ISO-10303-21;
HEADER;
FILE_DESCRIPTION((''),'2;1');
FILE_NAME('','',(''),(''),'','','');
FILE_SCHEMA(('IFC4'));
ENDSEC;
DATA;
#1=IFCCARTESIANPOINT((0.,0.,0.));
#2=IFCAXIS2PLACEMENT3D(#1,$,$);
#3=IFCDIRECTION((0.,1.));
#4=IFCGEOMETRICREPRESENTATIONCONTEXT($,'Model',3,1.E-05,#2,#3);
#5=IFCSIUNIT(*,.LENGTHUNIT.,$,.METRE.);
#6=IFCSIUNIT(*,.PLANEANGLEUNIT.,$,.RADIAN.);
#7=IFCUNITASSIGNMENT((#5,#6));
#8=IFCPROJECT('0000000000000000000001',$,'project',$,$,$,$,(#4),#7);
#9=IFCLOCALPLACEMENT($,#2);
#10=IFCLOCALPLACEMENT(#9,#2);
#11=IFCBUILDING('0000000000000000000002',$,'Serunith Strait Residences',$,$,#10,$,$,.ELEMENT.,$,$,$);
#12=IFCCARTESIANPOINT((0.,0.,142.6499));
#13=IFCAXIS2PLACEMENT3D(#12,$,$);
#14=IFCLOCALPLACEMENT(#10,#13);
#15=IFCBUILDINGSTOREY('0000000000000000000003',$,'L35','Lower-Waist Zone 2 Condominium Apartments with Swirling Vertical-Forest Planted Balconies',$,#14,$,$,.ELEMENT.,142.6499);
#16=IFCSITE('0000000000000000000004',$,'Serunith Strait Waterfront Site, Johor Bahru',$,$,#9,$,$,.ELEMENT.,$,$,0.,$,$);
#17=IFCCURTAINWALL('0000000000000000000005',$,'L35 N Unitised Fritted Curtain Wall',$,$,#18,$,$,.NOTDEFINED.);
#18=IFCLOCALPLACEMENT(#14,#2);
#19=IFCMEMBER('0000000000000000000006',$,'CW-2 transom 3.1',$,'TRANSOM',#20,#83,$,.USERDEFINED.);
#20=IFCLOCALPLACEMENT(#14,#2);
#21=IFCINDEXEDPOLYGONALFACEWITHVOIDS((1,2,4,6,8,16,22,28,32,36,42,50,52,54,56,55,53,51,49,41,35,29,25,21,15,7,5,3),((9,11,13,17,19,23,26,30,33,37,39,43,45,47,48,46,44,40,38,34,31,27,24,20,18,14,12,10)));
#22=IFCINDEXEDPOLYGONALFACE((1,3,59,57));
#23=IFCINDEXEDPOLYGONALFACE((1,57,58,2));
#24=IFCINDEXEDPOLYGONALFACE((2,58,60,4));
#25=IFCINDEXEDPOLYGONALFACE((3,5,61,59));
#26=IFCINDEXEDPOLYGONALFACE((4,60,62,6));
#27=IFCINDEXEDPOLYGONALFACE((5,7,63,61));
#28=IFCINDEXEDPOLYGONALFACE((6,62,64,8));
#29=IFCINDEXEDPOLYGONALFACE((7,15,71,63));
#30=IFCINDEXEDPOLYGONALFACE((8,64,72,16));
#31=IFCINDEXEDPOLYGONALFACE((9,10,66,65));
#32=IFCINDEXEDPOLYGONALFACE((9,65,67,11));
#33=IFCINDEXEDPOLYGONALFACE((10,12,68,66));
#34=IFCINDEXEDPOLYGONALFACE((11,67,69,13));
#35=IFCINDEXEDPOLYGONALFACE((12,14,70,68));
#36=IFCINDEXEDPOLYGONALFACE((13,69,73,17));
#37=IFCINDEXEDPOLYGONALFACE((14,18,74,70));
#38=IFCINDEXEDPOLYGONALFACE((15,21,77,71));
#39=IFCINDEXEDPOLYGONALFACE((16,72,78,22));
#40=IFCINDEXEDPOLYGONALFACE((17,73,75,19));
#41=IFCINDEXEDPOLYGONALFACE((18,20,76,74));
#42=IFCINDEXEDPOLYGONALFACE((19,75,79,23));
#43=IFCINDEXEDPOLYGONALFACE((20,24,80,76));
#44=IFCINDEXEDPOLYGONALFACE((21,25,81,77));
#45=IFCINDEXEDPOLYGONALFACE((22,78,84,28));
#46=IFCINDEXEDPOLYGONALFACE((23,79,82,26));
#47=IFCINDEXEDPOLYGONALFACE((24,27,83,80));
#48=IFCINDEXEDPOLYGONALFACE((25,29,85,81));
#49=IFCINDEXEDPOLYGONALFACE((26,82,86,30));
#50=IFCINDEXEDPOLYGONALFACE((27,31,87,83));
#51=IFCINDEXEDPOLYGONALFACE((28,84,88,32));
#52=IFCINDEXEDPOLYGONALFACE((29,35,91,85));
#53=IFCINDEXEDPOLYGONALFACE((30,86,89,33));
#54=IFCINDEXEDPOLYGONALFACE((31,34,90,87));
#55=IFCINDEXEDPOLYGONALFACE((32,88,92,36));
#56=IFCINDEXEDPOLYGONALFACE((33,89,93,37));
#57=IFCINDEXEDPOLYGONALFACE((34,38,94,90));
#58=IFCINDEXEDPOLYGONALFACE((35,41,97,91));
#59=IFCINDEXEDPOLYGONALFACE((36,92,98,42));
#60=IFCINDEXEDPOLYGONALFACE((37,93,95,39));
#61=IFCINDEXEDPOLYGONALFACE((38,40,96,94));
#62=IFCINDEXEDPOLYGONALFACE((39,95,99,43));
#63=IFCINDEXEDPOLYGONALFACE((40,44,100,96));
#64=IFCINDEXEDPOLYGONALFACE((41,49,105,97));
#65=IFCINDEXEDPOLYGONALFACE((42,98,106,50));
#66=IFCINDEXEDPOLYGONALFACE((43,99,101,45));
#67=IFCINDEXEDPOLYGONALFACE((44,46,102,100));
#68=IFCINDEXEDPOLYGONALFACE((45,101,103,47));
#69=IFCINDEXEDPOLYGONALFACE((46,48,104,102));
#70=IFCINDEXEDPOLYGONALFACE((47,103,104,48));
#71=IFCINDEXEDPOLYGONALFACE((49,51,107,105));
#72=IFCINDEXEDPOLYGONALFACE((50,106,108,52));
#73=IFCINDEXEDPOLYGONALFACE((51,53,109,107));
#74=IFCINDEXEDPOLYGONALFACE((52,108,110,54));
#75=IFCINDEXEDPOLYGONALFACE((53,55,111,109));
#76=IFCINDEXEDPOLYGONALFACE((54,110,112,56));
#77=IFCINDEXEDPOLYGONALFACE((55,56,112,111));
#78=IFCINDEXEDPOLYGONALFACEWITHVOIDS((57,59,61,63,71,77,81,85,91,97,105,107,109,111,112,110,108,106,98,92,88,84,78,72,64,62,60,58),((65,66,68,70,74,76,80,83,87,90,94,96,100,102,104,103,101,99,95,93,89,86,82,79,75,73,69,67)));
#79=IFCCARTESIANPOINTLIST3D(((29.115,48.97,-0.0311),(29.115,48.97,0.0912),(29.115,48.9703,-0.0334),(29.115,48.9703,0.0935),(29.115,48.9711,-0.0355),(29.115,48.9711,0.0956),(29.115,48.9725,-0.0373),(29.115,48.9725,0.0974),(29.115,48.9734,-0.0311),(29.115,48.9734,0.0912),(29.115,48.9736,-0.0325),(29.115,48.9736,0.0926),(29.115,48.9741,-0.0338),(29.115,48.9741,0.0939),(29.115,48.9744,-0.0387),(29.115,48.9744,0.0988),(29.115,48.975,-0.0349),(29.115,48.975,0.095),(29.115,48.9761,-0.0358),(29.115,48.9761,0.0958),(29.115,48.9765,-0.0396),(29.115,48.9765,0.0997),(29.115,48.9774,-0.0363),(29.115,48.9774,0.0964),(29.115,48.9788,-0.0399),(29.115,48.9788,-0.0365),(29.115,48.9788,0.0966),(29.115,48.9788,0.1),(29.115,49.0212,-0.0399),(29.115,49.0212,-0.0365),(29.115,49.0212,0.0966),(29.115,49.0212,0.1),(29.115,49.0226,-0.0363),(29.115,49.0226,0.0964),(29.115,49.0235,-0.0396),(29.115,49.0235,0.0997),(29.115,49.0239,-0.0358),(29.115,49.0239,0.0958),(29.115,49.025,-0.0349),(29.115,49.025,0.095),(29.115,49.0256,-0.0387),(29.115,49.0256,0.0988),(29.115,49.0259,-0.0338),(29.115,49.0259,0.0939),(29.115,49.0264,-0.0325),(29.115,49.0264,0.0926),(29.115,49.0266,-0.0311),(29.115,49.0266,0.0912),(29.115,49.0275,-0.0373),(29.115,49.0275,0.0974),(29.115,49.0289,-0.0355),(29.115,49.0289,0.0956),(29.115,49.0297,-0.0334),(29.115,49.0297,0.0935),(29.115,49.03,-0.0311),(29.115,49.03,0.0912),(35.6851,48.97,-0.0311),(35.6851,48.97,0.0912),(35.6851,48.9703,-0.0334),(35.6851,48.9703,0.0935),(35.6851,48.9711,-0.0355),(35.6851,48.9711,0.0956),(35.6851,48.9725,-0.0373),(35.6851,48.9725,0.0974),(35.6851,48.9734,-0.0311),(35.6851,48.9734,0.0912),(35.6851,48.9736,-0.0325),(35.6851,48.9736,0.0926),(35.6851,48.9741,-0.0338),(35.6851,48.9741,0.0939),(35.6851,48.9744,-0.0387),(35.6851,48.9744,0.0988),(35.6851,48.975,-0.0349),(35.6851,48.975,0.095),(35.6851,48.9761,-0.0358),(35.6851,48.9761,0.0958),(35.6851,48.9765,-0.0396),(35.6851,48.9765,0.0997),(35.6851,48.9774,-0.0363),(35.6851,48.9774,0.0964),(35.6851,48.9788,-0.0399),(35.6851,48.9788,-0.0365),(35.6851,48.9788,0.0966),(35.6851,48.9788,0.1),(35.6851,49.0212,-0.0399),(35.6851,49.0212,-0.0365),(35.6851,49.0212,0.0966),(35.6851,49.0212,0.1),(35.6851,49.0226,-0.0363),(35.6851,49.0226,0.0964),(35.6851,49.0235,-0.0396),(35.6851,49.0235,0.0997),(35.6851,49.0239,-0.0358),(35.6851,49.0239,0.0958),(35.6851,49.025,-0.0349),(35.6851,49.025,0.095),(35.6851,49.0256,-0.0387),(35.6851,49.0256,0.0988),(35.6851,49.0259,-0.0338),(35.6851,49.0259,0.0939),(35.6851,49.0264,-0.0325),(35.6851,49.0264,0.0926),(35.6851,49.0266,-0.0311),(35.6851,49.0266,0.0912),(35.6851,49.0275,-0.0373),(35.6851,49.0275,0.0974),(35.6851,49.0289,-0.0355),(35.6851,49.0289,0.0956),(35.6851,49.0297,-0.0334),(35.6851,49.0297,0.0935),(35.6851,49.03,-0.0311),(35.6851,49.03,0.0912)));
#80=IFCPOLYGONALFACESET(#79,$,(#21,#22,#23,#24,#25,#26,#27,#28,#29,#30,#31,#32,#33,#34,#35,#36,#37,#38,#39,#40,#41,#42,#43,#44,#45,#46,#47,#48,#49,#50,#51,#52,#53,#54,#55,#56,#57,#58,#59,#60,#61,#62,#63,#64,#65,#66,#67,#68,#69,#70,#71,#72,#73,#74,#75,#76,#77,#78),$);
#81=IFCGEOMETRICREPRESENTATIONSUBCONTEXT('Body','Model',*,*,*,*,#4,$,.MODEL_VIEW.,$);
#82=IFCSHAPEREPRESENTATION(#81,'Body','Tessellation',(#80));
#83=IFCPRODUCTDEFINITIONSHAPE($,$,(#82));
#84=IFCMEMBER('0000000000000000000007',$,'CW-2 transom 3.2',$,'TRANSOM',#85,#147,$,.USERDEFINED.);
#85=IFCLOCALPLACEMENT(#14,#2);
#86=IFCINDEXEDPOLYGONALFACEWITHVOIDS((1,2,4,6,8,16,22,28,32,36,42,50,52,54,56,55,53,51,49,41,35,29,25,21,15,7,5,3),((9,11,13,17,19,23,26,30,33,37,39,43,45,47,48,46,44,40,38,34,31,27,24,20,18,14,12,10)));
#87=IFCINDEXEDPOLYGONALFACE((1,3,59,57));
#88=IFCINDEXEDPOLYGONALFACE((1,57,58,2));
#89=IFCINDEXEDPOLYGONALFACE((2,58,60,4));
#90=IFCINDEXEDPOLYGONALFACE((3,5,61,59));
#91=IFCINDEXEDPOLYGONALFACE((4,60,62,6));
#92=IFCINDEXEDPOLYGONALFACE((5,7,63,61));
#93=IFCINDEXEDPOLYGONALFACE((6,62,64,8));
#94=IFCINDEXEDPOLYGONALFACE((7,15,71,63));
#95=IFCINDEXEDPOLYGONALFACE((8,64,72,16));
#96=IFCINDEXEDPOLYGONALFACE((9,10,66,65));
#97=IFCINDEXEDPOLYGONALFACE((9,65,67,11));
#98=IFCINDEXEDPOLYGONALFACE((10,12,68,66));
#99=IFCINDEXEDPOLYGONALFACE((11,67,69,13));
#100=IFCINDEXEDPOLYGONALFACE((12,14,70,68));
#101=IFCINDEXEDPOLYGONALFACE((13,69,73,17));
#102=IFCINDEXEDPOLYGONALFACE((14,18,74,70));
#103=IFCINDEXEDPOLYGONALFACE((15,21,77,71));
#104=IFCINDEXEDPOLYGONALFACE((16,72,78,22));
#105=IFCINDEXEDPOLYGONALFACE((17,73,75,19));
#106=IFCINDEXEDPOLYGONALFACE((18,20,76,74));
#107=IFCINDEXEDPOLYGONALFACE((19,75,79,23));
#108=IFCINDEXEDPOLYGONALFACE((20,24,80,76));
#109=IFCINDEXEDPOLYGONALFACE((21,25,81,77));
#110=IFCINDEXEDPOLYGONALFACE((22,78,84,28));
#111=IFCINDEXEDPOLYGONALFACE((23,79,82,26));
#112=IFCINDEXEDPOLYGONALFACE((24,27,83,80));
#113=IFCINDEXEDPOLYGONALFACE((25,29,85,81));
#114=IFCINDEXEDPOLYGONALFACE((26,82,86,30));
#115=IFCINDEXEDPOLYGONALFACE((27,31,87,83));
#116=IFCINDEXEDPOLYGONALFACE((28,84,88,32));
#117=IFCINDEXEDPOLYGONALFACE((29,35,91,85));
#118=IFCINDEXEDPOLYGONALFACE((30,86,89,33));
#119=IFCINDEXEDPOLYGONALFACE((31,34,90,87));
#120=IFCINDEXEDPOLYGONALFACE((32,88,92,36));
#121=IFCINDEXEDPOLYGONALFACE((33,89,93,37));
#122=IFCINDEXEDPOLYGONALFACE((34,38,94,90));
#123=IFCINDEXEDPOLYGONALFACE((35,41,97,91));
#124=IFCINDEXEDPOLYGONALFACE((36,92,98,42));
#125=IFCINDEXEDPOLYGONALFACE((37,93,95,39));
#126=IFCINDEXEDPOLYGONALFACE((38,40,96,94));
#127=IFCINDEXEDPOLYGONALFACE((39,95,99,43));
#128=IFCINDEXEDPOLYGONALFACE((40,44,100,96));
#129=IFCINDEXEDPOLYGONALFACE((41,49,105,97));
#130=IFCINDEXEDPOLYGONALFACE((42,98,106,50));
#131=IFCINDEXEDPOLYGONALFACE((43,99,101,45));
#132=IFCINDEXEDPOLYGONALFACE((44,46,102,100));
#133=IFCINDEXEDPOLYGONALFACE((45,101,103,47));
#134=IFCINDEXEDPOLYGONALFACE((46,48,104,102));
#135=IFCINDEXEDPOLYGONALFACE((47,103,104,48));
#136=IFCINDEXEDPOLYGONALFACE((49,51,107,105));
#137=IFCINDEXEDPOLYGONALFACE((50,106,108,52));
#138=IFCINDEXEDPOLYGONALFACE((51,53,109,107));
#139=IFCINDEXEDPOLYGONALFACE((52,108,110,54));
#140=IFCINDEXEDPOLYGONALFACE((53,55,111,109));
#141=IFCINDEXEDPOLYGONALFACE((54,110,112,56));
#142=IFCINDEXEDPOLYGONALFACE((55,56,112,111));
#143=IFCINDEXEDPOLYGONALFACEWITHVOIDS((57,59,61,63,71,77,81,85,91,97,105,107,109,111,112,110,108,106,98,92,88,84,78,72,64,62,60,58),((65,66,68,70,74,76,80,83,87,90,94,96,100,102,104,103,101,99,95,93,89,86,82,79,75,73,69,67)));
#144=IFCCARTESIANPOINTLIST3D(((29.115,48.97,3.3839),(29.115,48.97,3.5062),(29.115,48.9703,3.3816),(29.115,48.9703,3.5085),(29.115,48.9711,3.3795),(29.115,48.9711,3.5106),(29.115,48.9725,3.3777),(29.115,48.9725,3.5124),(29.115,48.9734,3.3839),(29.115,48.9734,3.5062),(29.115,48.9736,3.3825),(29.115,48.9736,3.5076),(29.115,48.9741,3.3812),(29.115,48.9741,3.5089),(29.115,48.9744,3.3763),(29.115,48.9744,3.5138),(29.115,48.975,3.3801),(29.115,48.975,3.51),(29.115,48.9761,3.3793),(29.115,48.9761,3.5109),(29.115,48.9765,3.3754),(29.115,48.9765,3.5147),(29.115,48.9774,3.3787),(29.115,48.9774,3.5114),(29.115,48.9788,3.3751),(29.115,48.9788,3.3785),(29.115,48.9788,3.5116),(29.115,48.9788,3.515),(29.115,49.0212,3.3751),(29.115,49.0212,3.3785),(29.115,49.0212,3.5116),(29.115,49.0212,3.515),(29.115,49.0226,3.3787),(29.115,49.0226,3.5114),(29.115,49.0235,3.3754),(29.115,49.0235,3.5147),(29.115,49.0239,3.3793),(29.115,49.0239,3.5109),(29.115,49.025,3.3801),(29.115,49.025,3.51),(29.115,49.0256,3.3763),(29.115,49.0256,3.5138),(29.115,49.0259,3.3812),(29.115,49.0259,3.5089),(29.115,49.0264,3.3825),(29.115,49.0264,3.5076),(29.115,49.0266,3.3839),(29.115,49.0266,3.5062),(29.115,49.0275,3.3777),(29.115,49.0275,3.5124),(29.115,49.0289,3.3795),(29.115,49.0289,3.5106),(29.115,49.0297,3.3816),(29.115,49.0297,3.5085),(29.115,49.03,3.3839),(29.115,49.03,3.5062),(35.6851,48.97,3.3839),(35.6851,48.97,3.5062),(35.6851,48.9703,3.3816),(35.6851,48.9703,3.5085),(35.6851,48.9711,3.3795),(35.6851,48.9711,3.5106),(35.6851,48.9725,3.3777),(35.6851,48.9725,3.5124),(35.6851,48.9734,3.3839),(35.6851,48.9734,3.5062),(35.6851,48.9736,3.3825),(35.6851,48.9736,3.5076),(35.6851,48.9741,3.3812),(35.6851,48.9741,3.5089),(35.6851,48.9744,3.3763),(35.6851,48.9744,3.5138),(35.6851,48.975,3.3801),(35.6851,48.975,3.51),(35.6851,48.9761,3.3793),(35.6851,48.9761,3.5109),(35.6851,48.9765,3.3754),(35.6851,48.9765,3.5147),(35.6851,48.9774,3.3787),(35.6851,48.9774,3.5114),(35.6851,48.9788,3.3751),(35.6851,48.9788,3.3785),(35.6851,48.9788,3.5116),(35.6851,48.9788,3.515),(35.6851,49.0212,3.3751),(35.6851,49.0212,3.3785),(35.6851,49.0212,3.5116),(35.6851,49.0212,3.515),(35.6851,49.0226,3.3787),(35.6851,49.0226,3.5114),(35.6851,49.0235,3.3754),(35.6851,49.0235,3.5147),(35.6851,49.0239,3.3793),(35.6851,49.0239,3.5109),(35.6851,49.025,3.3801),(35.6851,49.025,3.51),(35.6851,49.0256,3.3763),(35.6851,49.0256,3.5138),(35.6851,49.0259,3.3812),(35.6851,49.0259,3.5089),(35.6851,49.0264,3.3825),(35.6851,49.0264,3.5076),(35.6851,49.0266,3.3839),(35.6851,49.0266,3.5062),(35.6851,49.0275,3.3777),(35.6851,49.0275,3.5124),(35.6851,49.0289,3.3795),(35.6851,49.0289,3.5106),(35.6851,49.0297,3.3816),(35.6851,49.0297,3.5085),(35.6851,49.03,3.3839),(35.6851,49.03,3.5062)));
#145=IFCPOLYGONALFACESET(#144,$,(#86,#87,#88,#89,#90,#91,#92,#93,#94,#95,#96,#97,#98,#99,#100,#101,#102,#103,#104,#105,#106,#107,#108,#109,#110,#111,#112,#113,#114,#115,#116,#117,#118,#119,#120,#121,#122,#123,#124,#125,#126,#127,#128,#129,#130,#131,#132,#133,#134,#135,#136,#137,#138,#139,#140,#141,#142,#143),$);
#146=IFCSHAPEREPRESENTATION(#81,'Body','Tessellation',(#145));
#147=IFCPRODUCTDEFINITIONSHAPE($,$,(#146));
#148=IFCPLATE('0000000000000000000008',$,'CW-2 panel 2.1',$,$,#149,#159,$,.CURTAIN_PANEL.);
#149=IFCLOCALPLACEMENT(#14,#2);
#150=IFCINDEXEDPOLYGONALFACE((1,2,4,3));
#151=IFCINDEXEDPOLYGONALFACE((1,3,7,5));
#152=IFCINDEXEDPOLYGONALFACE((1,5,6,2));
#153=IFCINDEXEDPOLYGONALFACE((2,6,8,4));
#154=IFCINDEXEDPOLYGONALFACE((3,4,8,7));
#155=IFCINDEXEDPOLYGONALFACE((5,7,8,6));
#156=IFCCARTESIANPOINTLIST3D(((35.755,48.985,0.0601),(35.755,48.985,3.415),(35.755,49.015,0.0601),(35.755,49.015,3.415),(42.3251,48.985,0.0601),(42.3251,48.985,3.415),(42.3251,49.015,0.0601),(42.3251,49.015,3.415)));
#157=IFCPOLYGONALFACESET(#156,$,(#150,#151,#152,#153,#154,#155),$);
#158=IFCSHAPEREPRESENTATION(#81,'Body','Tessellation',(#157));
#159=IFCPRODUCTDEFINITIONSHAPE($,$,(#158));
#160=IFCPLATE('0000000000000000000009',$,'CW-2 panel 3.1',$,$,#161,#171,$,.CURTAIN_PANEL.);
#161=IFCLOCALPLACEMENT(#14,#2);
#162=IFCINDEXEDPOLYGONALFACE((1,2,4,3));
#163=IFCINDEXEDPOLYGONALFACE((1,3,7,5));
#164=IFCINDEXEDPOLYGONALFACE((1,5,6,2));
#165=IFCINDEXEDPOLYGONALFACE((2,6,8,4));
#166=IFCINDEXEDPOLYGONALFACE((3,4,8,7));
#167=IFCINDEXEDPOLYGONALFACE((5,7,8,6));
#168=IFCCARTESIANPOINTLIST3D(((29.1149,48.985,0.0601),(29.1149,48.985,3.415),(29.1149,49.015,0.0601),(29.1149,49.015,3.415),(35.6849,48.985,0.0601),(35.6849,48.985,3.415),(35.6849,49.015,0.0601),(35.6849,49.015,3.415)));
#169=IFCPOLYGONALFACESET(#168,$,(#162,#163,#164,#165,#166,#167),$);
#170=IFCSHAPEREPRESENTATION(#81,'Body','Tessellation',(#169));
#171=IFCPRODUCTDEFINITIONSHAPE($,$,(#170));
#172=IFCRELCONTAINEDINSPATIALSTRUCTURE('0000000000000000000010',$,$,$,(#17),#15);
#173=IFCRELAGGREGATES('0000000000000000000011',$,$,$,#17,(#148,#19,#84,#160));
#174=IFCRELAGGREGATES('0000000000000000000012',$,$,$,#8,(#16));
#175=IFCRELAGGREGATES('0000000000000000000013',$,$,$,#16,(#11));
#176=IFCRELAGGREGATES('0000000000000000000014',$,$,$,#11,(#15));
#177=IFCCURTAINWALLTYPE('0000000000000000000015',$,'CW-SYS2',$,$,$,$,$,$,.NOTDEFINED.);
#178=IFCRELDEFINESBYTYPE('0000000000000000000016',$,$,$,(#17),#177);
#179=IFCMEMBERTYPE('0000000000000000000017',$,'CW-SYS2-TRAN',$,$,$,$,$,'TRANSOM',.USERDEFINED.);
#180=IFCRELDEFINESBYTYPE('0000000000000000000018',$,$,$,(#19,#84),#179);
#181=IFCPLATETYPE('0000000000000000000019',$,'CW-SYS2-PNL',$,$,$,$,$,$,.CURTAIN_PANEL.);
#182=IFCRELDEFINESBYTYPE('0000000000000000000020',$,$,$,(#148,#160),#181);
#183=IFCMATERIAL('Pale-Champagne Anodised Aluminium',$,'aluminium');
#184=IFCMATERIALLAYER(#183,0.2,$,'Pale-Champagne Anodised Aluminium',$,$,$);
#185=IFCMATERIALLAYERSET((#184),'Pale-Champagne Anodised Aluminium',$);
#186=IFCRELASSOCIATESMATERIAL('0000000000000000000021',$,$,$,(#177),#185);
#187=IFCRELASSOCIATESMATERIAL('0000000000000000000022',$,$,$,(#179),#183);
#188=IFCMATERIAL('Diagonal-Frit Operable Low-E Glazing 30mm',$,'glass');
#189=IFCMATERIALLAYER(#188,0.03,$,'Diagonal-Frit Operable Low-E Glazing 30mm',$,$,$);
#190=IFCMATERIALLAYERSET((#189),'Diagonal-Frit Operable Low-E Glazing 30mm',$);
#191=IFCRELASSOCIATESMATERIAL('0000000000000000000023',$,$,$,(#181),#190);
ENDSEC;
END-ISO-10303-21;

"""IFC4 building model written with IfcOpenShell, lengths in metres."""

from ifc_helpers import new_model, si_unit, direction, frame, origin, origin_2d, place, context, subcontext, project, spatial, rectangle, hollow_rectangle, extrude, source, transform, mapped, material, layer, layer_set, material_profile, profile_set, type_object, element, aggregate, save


model = new_model("IFC4")

# Units and contexts
model_context = context("Model", 3, precision=1e-05, world=origin(), true_north=direction((0.0, 1.0)))
body_context = subcontext(model_context, "Body", "Model", "MODEL_VIEW")
ifc_project = project(units=[si_unit("LENGTHUNIT", "METRE"), si_unit("PLANEANGLEUNIT", "RADIAN")], contexts=[model_context])

# Site, building, storey
site_placement = place(None, origin())
site = spatial("IfcSite", under=ifc_project, at=site_placement, Name="Serunith Strait Waterfront Site, Johor Bahru", CompositionType="ELEMENT", RefElevation=0.0)
building_placement = place(site_placement, origin())
building = spatial("IfcBuilding", under=site, at=building_placement, Name="Serunith Strait Residences", CompositionType="ELEMENT")
storey_placement = place(building_placement, frame((0.0, 0.0, 142.6499)))
storey = spatial("IfcBuildingStorey", under=building, at=storey_placement, Name="L35", Description="Lower-Waist Zone 2 Condominium Apartments with Swirling Vertical-Forest Planted Balconies", CompositionType="ELEMENT", Elevation=142.6499)

# Curtain wall, members, plates
ifc_material_1 = material(Name="Pale-Champagne Anodised Aluminium", Category="aluminium")
ifc_layer_1 = layer(ifc_material_1, 0.2, Name="Pale-Champagne Anodised Aluminium")
ifc_layer_set_1 = layer_set([ifc_layer_1], Name="Pale-Champagne Anodised Aluminium")
curtain_wall_type = type_object("IfcCurtainWallType", Name="CW-SYS2", PredefinedType="NOTDEFINED", material=ifc_layer_set_1)
curtain_wall_placement = place(storey_placement, origin())
curtain_wall = element("IfcCurtainWall", 1, at=curtain_wall_placement, inside=storey, type_object=curtain_wall_type, Name="L35 N Unitised Fritted Curtain Wall", PredefinedType="NOTDEFINED")
ifc_material_profile_1 = material_profile(ifc_material_1, hollow_rectangle(XDim=0.0601, YDim=0.1399, WallThickness=0.0034, InnerFilletRadius=0.0054, OuterFilletRadius=0.0088, at=origin_2d()), Name="ALU 140x60x3.5")
ifc_profile_set_1 = profile_set([ifc_material_profile_1], Name="Pale-Champagne Anodised Aluminium")
member_type_1 = type_object("IfcMemberType", Name="CW-SYS2-TRAN", ElementType="TRANSOM", PredefinedType="USERDEFINED", material=ifc_profile_set_1)
shared_shape_1 = source(origin(), body_context, "Body", "SweptSolid", [
    extrude(hollow_rectangle(XDim=0.0601, YDim=0.1399, WallThickness=0.0034, InnerFilletRadius=0.0054, OuterFilletRadius=0.0088, at=origin_2d()), origin(), (0.0, 0.0, 1.0), 6.5701),
])
member_1_placement = place(storey_placement, frame((35.6851, 49.0, 0.03), z_axis=(-1.0, 0.0, 0.0), x_axis=(0.0, -1.0, 0.0)))
member_1 = element("IfcMember", 2, at=member_1_placement, type_object=member_type_1, Name="CW-2 transom 3.1", ObjectType="TRANSOM", PredefinedType="USERDEFINED", context=body_context, shape_type="MappedRepresentation", body=[
    mapped(shared_shape_1, transform((0.0, 0.0, 0.0), scale=1.0)),
])
member_2_placement = place(storey_placement, frame((35.6851, 49.0, 3.4451), z_axis=(-1.0, 0.0, 0.0), x_axis=(0.0, -1.0, 0.0)))
member_2 = element("IfcMember", 3, at=member_2_placement, type_object=member_type_1, Name="CW-2 transom 3.2", ObjectType="TRANSOM", PredefinedType="USERDEFINED", context=body_context, shape_type="MappedRepresentation", body=[
    mapped(shared_shape_1, transform((0.0, 0.0, 0.0), scale=1.0)),
])
ifc_material_2 = material(Name="Diagonal-Frit Operable Low-E Glazing 30mm", Category="glass")
ifc_layer_2 = layer(ifc_material_2, 0.03, Name="Diagonal-Frit Operable Low-E Glazing 30mm")
ifc_layer_set_2 = layer_set([ifc_layer_2], Name="Diagonal-Frit Operable Low-E Glazing 30mm")
plate_type = type_object("IfcPlateType", Name="CW-SYS2-PNL", PredefinedType="CURTAIN_PANEL", material=ifc_layer_set_2)
shared_shape_2 = source(origin(), body_context, "Body", "SweptSolid", [
    extrude(rectangle(XDim=6.5701, YDim=0.03, at=origin_2d()), origin(), (0.0, 0.0, 1.0), 3.355),
])
plate_1_placement = place(storey_placement, frame((39.04, 49.0, 0.0601), z_axis=(0.0, 0.0, 1.0), x_axis=(-1.0, 0.0, 0.0)))
plate_1 = element("IfcPlate", 4, at=plate_1_placement, type_object=plate_type, Name="CW-2 panel 2.1", PredefinedType="CURTAIN_PANEL", context=body_context, shape_type="MappedRepresentation", body=[
    mapped(shared_shape_2, transform((0.0, 0.0, 0.0), scale=1.0)),
])
plate_2_placement = place(storey_placement, frame((32.3999, 49.0, 0.0601), z_axis=(0.0, 0.0, 1.0), x_axis=(-1.0, 0.0, 0.0)))
plate_2 = element("IfcPlate", 5, at=plate_2_placement, type_object=plate_type, Name="CW-2 panel 3.1", PredefinedType="CURTAIN_PANEL", context=body_context, shape_type="MappedRepresentation", body=[
    mapped(shared_shape_2, transform((0.0, 0.0, 0.0), scale=1.0)),
])
aggregate(curtain_wall, [plate_1, member_1, member_2, plate_2])

save(model, "model.ifc")
